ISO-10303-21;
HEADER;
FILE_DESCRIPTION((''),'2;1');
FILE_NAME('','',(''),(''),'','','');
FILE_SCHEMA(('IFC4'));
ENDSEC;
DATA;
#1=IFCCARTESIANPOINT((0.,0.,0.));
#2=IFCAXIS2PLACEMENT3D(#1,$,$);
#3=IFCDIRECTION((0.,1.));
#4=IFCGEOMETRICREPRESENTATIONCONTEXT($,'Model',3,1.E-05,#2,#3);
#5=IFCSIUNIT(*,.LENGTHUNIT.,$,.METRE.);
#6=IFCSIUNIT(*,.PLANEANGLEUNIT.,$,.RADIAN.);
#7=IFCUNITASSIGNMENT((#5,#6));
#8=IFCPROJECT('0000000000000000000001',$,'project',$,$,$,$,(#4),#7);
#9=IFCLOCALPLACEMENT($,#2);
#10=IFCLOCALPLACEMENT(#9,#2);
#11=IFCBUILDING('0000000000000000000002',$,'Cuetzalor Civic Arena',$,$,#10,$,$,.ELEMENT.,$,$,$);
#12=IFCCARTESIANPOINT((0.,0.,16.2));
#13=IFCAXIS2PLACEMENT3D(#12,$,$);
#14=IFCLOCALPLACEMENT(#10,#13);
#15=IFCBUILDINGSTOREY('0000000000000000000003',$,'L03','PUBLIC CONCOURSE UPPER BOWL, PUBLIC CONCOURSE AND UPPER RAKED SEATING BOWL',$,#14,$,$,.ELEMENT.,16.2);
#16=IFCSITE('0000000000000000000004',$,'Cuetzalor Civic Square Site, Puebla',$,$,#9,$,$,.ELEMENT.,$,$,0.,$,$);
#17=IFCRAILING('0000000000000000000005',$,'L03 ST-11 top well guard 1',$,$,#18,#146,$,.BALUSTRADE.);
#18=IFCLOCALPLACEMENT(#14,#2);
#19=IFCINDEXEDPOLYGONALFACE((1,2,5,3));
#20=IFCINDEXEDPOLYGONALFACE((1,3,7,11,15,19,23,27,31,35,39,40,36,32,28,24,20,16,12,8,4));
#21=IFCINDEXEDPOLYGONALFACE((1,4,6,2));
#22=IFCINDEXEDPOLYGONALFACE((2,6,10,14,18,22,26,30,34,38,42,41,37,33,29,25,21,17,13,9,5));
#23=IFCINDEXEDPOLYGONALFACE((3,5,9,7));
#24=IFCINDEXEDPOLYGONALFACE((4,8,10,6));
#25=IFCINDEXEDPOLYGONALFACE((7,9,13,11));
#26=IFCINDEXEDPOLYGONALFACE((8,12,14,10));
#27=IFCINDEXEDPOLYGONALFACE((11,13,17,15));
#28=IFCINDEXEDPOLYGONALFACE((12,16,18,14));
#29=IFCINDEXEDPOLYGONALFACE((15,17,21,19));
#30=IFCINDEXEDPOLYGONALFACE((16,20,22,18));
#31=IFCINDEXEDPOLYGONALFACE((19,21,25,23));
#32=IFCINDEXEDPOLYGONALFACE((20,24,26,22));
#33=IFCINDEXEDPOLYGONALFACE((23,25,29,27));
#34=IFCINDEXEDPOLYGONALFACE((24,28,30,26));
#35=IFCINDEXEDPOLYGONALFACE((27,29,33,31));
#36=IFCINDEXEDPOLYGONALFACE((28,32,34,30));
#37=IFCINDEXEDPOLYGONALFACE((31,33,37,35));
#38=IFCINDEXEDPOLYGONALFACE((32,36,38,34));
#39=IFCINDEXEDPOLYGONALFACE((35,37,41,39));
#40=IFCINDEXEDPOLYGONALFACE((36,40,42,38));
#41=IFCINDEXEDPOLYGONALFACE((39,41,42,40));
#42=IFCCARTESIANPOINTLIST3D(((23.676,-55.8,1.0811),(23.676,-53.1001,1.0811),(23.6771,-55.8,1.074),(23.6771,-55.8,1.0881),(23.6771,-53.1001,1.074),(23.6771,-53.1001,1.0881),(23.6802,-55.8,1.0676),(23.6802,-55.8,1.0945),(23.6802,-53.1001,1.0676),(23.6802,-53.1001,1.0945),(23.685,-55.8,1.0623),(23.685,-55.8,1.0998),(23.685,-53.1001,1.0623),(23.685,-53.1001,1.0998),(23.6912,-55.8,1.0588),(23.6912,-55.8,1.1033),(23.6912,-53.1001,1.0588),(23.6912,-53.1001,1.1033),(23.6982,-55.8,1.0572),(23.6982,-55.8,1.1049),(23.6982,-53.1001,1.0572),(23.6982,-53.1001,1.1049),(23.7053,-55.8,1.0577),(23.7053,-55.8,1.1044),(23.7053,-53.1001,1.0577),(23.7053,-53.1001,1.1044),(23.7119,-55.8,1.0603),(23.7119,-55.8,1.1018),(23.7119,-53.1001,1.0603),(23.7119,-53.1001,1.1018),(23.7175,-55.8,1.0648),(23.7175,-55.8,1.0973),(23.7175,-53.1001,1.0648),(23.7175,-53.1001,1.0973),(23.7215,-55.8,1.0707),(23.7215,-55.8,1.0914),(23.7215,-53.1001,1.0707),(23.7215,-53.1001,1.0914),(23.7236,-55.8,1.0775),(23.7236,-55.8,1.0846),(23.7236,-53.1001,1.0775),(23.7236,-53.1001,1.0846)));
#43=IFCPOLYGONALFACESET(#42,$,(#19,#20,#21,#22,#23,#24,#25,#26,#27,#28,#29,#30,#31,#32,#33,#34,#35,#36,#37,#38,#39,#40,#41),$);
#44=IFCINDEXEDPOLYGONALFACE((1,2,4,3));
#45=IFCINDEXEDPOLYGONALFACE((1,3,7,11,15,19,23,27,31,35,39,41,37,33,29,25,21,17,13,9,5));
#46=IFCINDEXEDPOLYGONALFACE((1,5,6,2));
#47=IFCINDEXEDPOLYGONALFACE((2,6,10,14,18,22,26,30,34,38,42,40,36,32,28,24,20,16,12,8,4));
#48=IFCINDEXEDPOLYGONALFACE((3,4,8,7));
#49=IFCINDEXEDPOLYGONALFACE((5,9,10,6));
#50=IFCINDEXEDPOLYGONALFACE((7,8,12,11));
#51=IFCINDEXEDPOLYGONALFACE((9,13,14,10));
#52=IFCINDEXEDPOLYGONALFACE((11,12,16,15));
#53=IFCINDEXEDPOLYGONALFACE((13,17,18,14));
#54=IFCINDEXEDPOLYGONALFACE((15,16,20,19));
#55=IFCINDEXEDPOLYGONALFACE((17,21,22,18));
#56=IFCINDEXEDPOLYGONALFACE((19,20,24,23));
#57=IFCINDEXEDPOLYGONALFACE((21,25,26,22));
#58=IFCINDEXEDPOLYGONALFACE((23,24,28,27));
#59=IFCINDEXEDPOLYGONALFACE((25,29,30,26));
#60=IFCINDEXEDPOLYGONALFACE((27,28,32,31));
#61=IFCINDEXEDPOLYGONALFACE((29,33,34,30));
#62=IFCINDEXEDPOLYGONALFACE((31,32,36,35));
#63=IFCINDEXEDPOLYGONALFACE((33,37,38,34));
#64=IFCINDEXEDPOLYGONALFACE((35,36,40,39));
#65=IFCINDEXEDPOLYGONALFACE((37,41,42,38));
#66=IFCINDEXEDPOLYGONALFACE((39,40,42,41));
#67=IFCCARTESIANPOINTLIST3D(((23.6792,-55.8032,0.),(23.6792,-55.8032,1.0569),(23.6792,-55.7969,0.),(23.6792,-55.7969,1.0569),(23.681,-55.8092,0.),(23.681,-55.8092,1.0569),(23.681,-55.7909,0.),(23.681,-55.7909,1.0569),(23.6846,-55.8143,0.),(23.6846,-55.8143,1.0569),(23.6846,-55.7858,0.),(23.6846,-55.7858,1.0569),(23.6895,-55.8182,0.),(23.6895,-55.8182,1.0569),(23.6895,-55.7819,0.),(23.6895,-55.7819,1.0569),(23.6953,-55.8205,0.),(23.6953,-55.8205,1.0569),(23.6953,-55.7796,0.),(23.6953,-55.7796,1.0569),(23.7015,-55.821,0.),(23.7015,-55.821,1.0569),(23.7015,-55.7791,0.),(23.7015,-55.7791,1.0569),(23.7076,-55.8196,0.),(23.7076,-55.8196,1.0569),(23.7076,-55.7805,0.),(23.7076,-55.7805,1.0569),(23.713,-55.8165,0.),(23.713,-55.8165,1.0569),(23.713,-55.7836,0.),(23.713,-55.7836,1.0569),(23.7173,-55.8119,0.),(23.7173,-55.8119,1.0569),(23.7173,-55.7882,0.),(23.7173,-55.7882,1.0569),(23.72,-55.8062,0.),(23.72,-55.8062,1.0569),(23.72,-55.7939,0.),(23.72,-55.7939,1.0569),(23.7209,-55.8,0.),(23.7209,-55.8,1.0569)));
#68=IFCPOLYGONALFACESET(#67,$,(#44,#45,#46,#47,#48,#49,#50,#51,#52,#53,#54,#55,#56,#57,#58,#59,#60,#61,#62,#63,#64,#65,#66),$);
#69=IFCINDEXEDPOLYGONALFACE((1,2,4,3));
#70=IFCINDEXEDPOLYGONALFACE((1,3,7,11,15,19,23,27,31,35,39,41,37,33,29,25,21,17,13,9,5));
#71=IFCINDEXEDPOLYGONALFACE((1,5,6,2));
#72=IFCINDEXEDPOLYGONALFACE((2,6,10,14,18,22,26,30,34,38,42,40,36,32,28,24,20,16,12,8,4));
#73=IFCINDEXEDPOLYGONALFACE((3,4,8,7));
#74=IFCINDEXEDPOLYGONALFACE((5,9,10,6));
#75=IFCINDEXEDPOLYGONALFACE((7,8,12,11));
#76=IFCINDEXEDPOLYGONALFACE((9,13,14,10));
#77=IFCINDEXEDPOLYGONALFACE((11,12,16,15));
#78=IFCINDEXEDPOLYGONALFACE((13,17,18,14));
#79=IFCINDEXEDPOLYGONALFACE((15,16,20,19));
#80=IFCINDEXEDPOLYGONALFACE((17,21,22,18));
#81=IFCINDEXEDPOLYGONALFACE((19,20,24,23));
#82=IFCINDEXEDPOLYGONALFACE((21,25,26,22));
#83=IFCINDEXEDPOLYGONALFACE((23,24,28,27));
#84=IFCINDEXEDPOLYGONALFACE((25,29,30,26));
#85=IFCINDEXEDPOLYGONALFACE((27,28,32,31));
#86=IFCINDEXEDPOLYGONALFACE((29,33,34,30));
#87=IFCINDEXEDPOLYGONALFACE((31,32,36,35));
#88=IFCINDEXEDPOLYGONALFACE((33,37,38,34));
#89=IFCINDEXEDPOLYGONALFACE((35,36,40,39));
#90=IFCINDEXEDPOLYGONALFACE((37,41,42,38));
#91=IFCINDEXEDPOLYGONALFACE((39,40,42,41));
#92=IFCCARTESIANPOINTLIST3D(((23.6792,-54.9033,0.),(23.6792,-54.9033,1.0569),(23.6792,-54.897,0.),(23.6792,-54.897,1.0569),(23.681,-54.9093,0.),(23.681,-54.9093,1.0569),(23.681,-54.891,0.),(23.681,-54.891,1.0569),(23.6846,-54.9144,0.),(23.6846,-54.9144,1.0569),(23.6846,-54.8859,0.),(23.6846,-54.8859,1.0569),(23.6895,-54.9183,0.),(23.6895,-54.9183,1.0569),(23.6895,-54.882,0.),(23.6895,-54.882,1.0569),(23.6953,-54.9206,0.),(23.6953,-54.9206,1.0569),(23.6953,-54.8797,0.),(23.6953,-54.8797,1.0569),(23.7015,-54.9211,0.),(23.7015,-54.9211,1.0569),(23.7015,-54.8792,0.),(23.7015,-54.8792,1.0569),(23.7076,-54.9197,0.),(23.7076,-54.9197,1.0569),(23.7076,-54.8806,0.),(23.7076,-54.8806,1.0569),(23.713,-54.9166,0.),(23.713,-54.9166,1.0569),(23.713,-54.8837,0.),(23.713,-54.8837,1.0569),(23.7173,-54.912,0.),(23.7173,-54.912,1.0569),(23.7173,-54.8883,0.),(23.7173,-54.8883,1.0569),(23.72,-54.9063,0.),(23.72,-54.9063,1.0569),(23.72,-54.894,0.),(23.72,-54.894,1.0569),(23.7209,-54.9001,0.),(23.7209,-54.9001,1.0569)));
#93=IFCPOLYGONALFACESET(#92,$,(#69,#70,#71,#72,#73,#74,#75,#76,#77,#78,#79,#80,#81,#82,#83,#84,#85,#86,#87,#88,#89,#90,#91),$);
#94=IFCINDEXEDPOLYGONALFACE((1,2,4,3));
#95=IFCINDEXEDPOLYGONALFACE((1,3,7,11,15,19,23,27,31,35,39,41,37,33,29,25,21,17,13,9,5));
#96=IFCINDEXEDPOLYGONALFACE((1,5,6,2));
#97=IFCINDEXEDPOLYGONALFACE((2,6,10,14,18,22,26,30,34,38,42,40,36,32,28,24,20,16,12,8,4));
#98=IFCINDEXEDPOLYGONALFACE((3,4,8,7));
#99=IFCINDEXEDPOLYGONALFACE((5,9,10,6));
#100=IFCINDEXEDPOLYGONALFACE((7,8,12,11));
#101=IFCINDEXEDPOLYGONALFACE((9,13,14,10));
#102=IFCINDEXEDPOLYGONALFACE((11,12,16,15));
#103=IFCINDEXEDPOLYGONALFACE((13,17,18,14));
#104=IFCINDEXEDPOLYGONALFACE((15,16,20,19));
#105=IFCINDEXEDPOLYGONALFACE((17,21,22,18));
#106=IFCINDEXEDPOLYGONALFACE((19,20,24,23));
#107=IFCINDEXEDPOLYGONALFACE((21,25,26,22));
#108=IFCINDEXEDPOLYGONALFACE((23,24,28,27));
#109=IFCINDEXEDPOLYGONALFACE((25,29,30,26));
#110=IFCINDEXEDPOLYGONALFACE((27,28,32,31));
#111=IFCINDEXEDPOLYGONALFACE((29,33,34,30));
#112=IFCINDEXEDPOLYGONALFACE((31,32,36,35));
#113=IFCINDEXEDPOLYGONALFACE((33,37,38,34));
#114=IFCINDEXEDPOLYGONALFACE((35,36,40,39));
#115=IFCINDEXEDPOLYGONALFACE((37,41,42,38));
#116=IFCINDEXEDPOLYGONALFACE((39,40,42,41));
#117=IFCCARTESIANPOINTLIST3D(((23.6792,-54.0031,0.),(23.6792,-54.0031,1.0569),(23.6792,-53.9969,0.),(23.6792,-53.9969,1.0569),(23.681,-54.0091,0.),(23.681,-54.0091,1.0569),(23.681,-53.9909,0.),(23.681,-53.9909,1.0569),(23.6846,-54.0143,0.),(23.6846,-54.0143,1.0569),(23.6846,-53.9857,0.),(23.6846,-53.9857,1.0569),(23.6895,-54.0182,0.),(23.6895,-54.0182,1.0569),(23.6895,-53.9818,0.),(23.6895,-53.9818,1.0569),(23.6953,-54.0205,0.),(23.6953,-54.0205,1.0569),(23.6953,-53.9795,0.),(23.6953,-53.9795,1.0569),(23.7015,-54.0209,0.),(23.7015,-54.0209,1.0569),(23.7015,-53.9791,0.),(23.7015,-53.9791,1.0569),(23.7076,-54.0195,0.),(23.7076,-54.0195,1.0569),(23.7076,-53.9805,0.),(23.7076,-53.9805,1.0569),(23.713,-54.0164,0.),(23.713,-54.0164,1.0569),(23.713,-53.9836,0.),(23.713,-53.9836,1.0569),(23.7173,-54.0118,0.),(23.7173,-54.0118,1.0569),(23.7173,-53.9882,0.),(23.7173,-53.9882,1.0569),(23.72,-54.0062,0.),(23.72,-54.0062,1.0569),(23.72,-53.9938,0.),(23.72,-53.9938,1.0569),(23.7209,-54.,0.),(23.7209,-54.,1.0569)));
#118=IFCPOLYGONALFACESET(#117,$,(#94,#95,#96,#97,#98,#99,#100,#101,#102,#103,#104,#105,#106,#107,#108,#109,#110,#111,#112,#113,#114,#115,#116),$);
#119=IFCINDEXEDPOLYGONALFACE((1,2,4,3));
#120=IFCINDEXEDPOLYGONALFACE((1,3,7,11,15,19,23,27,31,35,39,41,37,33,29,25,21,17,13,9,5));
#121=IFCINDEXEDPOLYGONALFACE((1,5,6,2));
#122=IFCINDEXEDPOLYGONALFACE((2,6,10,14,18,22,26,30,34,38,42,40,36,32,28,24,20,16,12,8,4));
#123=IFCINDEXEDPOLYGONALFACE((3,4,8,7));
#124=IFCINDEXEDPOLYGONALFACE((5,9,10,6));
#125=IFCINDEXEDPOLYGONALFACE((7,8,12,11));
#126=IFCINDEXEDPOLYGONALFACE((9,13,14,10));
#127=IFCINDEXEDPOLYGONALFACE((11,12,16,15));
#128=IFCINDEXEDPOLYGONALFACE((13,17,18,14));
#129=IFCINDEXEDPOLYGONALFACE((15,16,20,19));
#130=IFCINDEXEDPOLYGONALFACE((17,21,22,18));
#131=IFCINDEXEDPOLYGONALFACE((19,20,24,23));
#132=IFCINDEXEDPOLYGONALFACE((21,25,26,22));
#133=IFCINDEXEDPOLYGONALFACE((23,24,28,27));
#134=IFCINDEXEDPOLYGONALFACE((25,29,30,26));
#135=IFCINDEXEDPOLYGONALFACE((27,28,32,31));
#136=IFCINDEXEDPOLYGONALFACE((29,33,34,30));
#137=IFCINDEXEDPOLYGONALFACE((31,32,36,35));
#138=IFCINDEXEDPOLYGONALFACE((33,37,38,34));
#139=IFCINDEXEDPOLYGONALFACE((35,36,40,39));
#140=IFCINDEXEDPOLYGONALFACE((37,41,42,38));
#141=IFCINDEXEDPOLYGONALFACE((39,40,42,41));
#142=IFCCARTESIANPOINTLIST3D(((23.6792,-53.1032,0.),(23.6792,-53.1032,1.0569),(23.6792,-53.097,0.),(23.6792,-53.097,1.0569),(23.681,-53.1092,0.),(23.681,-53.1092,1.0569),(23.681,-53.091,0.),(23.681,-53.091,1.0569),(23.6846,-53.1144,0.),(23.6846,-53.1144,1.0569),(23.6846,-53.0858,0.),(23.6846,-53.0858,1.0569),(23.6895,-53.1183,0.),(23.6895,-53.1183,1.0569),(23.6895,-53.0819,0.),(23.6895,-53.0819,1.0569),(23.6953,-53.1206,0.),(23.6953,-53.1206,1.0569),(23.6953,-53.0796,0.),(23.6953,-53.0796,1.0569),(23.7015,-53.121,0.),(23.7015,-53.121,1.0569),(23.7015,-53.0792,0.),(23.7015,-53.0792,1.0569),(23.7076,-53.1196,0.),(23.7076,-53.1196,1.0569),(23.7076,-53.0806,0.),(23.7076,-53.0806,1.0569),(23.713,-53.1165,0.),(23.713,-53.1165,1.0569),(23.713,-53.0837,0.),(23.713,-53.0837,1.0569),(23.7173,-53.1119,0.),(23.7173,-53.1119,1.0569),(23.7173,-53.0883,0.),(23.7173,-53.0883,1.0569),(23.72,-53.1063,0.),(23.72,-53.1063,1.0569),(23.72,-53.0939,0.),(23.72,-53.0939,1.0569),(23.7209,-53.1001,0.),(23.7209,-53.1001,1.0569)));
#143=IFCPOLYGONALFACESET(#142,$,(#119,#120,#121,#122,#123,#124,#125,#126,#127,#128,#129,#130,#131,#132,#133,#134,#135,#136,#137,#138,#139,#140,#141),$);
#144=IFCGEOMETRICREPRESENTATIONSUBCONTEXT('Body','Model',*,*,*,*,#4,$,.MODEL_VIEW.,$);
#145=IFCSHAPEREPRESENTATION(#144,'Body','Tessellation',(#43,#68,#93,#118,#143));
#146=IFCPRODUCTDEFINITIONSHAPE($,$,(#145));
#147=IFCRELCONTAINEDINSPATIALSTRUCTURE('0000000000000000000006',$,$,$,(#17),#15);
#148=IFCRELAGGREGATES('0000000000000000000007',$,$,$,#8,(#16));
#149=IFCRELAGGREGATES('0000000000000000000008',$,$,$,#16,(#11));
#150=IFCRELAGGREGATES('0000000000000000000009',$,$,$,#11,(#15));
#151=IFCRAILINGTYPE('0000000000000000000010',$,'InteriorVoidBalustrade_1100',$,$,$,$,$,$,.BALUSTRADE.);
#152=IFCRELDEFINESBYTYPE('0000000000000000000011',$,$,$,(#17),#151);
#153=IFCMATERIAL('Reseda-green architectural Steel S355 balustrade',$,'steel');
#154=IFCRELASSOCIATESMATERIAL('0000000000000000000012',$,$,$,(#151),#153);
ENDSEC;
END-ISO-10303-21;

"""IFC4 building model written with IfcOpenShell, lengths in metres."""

from ifc_helpers import new_model, si_unit, direction, frame, origin, origin_2d, place, context, subcontext, project, spatial, circle, extrude, material, type_object, element, save


model = new_model("IFC4")

# Units and contexts
model_context = context("Model", 3, precision=1e-05, world=origin(), true_north=direction((0.0, 1.0)))
body_context = subcontext(model_context, "Body", "Model", "MODEL_VIEW")
ifc_project = project(units=[si_unit("LENGTHUNIT", "METRE"), si_unit("PLANEANGLEUNIT", "RADIAN")], contexts=[model_context])

# Site, building, storey
site_placement = place(None, origin())
site = spatial("IfcSite", under=ifc_project, at=site_placement, Name="Cuetzalor Civic Square Site, Puebla", CompositionType="ELEMENT", RefElevation=0.0)
building_placement = place(site_placement, origin())
building = spatial("IfcBuilding", under=site, at=building_placement, Name="Cuetzalor Civic Arena", CompositionType="ELEMENT")
storey_placement = place(building_placement, frame((0.0, 0.0, 16.2)))
storey = spatial("IfcBuildingStorey", under=building, at=storey_placement, Name="L03", Description="PUBLIC CONCOURSE UPPER BOWL, PUBLIC CONCOURSE AND UPPER RAKED SEATING BOWL", CompositionType="ELEMENT", Elevation=16.2)

# Railing
ifc_material_1 = material(Name="Reseda-green architectural Steel S355 balustrade", Category="steel")
railing_type = type_object("IfcRailingType", Name="InteriorVoidBalustrade_1100", PredefinedType="BALUSTRADE", material=ifc_material_1)
railing_placement = place(storey_placement, frame((23.7, -55.8, 0.0)))
element("IfcRailing", 1, at=railing_placement, inside=storey, type_object=railing_type, Name="L03 ST-11 top well guard 1", PredefinedType="BALUSTRADE", context=body_context, shape_type="SweptSolid", body=[
    extrude(circle(Radius=0.0239, at=origin_2d()), frame((0.0, 0.0, 1.0811), z_axis=(0.0, 1.0, 0.0), x_axis=(-1.0, 0.0, 0.0)), (0.0, 0.0, 1.0), 2.7),
    extrude(circle(Radius=0.021, at=origin_2d()), origin(), (0.0, 0.0, 1.0), 1.0569),
    extrude(circle(Radius=0.021, at=origin_2d()), frame((0.0, 0.8999, 0.0)), (0.0, 0.0, 1.0), 1.0569),
    extrude(circle(Radius=0.021, at=origin_2d()), frame((0.0, 1.8, 0.0)), (0.0, 0.0, 1.0), 1.0569),
    extrude(circle(Radius=0.021, at=origin_2d()), frame((0.0, 2.7, 0.0)), (0.0, 0.0, 1.0), 1.0569),
])

save(model, "model.ifc")
